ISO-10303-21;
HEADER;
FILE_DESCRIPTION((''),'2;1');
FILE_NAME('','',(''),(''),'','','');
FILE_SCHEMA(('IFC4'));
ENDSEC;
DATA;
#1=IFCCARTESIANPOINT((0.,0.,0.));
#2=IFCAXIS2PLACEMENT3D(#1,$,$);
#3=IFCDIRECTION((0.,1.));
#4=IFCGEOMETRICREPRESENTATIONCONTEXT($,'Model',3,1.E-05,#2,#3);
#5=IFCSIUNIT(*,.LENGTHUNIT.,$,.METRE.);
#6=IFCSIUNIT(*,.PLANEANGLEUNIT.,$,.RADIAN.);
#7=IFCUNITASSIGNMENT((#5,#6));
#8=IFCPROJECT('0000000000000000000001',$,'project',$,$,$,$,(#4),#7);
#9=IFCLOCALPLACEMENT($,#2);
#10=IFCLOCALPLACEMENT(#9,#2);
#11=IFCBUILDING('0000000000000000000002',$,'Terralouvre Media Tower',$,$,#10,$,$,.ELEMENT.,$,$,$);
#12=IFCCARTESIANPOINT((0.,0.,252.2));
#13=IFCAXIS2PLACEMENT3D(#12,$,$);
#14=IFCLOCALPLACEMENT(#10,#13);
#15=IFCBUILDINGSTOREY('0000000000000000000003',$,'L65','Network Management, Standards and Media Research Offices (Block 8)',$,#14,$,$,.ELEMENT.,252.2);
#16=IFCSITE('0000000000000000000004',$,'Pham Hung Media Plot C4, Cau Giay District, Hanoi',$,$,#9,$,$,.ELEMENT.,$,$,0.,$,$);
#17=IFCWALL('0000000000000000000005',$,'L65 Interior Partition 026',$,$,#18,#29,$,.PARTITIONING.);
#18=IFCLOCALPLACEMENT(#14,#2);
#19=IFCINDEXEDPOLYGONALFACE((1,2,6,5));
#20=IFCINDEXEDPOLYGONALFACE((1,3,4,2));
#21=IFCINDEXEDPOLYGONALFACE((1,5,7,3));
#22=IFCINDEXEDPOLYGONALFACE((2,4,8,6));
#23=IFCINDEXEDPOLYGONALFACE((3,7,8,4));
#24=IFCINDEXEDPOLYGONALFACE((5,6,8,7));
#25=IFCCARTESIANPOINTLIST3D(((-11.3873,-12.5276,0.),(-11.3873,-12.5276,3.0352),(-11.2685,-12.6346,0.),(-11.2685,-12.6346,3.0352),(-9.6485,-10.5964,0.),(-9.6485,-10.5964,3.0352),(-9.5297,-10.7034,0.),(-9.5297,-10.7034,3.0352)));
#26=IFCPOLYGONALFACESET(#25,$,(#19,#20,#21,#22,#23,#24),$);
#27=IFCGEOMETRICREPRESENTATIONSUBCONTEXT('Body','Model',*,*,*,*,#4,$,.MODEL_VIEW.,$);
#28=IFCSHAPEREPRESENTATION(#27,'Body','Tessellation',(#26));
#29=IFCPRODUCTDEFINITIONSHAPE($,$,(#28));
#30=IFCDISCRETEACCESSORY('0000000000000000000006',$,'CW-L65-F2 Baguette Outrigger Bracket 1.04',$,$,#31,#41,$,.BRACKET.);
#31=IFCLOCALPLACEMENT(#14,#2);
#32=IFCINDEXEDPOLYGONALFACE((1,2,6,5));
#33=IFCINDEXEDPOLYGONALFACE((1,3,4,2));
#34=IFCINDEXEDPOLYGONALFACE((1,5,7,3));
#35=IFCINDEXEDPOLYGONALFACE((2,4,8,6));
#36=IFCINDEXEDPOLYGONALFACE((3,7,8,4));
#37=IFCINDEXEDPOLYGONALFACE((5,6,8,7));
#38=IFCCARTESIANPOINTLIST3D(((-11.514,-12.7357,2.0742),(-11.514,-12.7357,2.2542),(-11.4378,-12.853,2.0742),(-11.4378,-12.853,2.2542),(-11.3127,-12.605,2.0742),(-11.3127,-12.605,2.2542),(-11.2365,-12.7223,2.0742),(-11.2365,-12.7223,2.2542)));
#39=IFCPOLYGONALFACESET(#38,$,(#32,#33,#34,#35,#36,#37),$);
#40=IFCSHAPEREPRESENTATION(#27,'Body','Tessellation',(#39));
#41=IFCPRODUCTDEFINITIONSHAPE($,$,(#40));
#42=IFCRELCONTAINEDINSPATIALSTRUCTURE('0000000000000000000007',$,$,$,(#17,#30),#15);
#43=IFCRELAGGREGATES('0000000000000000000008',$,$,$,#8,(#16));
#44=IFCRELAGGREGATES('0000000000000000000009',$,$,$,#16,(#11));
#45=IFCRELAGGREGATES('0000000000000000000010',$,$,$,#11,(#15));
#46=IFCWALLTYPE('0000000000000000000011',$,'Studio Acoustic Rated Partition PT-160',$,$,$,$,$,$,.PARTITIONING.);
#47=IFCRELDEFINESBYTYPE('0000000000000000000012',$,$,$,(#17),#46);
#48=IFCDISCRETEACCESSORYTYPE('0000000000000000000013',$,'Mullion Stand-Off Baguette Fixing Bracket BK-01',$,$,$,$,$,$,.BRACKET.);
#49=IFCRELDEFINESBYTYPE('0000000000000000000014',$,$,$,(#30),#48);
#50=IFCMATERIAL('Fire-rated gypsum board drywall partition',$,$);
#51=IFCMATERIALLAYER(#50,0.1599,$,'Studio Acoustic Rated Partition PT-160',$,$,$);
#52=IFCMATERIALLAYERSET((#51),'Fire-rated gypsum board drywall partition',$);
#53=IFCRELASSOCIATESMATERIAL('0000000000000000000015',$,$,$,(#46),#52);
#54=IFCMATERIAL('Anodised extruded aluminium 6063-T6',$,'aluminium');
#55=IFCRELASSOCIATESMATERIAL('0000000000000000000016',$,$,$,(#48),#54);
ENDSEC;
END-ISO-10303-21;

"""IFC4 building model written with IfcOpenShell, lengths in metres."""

from ifc_helpers import new_model, si_unit, direction, frame, frame_2d, origin, origin_2d, place, context, subcontext, project, spatial, rectangle, extrude, material, layer, layer_set, type_object, element, save


model = new_model("IFC4")

# Units and contexts
model_context = context("Model", 3, precision=1e-05, world=origin(), true_north=direction((0.0, 1.0)))
body_context = subcontext(model_context, "Body", "Model", "MODEL_VIEW")
ifc_project = project(units=[si_unit("LENGTHUNIT", "METRE"), si_unit("PLANEANGLEUNIT", "RADIAN")], contexts=[model_context])

# Site, building, storey
site_placement = place(None, origin())
site = spatial("IfcSite", under=ifc_project, at=site_placement, Name="Pham Hung Media Plot C4, Cau Giay District, Hanoi", CompositionType="ELEMENT", RefElevation=0.0)
building_placement = place(site_placement, origin())
building = spatial("IfcBuilding", under=site, at=building_placement, Name="Terralouvre Media Tower", CompositionType="ELEMENT")
storey_placement = place(building_placement, frame((0.0, 0.0, 252.2)))
storey = spatial("IfcBuildingStorey", under=building, at=storey_placement, Name="L65", Description="Network Management, Standards and Media Research Offices (Block 8)", CompositionType="ELEMENT", Elevation=252.2)

# Wall
ifc_material_1 = material(Name="Fire-rated gypsum board drywall partition")
ifc_layer_1 = layer(ifc_material_1, 0.1599, Name="Studio Acoustic Rated Partition PT-160")
ifc_layer_set_1 = layer_set([ifc_layer_1], Name="Fire-rated gypsum board drywall partition")
wall_type_1 = type_object("IfcWallType", Name="Studio Acoustic Rated Partition PT-160", PredefinedType="PARTITIONING", material=ifc_layer_set_1)
wall_1_placement = place(storey_placement, frame((-11.3279, -12.5811, 0.0), z_axis=(0.0, 0.0, 1.0), x_axis=(0.66912, 0.743154, 0.0)))
element("IfcWall", 1, at=wall_1_placement, inside=storey, type_object=wall_type_1, Name="L65 Interior Partition 026", PredefinedType="PARTITIONING", context=body_context, shape_type="SweptSolid", body=[
    extrude(rectangle(XDim=2.5986, YDim=0.1599, at=frame_2d((1.2993, 0.0))), origin(), (0.0, 0.0, 1.0), 3.0352),
])

# Discrete accessory
ifc_material_2 = material(Name="Anodised extruded aluminium 6063-T6", Category="aluminium")
discrete_accessory_type = type_object("IfcDiscreteAccessoryType", Name="Mullion Stand-Off Baguette Fixing Bracket BK-01", PredefinedType="BRACKET", material=ifc_material_2)
discrete_accessory_placement = place(storey_placement, frame((-11.3752, -12.729, 2.0742), z_axis=(0.0, 0.0, 1.0), x_axis=(0.544639, -0.838671, 0.0)))
element("IfcDiscreteAccessory", 2, at=discrete_accessory_placement, inside=storey, type_object=discrete_accessory_type, Name="CW-L65-F2 Baguette Outrigger Bracket 1.04", PredefinedType="BRACKET", context=body_context, shape_type="SweptSolid", body=[
    extrude(rectangle(XDim=0.1399, YDim=0.24, at=origin_2d()), origin(), (0.0, 0.0, 1.0), 0.1799),
])

save(model, "model.ifc")
